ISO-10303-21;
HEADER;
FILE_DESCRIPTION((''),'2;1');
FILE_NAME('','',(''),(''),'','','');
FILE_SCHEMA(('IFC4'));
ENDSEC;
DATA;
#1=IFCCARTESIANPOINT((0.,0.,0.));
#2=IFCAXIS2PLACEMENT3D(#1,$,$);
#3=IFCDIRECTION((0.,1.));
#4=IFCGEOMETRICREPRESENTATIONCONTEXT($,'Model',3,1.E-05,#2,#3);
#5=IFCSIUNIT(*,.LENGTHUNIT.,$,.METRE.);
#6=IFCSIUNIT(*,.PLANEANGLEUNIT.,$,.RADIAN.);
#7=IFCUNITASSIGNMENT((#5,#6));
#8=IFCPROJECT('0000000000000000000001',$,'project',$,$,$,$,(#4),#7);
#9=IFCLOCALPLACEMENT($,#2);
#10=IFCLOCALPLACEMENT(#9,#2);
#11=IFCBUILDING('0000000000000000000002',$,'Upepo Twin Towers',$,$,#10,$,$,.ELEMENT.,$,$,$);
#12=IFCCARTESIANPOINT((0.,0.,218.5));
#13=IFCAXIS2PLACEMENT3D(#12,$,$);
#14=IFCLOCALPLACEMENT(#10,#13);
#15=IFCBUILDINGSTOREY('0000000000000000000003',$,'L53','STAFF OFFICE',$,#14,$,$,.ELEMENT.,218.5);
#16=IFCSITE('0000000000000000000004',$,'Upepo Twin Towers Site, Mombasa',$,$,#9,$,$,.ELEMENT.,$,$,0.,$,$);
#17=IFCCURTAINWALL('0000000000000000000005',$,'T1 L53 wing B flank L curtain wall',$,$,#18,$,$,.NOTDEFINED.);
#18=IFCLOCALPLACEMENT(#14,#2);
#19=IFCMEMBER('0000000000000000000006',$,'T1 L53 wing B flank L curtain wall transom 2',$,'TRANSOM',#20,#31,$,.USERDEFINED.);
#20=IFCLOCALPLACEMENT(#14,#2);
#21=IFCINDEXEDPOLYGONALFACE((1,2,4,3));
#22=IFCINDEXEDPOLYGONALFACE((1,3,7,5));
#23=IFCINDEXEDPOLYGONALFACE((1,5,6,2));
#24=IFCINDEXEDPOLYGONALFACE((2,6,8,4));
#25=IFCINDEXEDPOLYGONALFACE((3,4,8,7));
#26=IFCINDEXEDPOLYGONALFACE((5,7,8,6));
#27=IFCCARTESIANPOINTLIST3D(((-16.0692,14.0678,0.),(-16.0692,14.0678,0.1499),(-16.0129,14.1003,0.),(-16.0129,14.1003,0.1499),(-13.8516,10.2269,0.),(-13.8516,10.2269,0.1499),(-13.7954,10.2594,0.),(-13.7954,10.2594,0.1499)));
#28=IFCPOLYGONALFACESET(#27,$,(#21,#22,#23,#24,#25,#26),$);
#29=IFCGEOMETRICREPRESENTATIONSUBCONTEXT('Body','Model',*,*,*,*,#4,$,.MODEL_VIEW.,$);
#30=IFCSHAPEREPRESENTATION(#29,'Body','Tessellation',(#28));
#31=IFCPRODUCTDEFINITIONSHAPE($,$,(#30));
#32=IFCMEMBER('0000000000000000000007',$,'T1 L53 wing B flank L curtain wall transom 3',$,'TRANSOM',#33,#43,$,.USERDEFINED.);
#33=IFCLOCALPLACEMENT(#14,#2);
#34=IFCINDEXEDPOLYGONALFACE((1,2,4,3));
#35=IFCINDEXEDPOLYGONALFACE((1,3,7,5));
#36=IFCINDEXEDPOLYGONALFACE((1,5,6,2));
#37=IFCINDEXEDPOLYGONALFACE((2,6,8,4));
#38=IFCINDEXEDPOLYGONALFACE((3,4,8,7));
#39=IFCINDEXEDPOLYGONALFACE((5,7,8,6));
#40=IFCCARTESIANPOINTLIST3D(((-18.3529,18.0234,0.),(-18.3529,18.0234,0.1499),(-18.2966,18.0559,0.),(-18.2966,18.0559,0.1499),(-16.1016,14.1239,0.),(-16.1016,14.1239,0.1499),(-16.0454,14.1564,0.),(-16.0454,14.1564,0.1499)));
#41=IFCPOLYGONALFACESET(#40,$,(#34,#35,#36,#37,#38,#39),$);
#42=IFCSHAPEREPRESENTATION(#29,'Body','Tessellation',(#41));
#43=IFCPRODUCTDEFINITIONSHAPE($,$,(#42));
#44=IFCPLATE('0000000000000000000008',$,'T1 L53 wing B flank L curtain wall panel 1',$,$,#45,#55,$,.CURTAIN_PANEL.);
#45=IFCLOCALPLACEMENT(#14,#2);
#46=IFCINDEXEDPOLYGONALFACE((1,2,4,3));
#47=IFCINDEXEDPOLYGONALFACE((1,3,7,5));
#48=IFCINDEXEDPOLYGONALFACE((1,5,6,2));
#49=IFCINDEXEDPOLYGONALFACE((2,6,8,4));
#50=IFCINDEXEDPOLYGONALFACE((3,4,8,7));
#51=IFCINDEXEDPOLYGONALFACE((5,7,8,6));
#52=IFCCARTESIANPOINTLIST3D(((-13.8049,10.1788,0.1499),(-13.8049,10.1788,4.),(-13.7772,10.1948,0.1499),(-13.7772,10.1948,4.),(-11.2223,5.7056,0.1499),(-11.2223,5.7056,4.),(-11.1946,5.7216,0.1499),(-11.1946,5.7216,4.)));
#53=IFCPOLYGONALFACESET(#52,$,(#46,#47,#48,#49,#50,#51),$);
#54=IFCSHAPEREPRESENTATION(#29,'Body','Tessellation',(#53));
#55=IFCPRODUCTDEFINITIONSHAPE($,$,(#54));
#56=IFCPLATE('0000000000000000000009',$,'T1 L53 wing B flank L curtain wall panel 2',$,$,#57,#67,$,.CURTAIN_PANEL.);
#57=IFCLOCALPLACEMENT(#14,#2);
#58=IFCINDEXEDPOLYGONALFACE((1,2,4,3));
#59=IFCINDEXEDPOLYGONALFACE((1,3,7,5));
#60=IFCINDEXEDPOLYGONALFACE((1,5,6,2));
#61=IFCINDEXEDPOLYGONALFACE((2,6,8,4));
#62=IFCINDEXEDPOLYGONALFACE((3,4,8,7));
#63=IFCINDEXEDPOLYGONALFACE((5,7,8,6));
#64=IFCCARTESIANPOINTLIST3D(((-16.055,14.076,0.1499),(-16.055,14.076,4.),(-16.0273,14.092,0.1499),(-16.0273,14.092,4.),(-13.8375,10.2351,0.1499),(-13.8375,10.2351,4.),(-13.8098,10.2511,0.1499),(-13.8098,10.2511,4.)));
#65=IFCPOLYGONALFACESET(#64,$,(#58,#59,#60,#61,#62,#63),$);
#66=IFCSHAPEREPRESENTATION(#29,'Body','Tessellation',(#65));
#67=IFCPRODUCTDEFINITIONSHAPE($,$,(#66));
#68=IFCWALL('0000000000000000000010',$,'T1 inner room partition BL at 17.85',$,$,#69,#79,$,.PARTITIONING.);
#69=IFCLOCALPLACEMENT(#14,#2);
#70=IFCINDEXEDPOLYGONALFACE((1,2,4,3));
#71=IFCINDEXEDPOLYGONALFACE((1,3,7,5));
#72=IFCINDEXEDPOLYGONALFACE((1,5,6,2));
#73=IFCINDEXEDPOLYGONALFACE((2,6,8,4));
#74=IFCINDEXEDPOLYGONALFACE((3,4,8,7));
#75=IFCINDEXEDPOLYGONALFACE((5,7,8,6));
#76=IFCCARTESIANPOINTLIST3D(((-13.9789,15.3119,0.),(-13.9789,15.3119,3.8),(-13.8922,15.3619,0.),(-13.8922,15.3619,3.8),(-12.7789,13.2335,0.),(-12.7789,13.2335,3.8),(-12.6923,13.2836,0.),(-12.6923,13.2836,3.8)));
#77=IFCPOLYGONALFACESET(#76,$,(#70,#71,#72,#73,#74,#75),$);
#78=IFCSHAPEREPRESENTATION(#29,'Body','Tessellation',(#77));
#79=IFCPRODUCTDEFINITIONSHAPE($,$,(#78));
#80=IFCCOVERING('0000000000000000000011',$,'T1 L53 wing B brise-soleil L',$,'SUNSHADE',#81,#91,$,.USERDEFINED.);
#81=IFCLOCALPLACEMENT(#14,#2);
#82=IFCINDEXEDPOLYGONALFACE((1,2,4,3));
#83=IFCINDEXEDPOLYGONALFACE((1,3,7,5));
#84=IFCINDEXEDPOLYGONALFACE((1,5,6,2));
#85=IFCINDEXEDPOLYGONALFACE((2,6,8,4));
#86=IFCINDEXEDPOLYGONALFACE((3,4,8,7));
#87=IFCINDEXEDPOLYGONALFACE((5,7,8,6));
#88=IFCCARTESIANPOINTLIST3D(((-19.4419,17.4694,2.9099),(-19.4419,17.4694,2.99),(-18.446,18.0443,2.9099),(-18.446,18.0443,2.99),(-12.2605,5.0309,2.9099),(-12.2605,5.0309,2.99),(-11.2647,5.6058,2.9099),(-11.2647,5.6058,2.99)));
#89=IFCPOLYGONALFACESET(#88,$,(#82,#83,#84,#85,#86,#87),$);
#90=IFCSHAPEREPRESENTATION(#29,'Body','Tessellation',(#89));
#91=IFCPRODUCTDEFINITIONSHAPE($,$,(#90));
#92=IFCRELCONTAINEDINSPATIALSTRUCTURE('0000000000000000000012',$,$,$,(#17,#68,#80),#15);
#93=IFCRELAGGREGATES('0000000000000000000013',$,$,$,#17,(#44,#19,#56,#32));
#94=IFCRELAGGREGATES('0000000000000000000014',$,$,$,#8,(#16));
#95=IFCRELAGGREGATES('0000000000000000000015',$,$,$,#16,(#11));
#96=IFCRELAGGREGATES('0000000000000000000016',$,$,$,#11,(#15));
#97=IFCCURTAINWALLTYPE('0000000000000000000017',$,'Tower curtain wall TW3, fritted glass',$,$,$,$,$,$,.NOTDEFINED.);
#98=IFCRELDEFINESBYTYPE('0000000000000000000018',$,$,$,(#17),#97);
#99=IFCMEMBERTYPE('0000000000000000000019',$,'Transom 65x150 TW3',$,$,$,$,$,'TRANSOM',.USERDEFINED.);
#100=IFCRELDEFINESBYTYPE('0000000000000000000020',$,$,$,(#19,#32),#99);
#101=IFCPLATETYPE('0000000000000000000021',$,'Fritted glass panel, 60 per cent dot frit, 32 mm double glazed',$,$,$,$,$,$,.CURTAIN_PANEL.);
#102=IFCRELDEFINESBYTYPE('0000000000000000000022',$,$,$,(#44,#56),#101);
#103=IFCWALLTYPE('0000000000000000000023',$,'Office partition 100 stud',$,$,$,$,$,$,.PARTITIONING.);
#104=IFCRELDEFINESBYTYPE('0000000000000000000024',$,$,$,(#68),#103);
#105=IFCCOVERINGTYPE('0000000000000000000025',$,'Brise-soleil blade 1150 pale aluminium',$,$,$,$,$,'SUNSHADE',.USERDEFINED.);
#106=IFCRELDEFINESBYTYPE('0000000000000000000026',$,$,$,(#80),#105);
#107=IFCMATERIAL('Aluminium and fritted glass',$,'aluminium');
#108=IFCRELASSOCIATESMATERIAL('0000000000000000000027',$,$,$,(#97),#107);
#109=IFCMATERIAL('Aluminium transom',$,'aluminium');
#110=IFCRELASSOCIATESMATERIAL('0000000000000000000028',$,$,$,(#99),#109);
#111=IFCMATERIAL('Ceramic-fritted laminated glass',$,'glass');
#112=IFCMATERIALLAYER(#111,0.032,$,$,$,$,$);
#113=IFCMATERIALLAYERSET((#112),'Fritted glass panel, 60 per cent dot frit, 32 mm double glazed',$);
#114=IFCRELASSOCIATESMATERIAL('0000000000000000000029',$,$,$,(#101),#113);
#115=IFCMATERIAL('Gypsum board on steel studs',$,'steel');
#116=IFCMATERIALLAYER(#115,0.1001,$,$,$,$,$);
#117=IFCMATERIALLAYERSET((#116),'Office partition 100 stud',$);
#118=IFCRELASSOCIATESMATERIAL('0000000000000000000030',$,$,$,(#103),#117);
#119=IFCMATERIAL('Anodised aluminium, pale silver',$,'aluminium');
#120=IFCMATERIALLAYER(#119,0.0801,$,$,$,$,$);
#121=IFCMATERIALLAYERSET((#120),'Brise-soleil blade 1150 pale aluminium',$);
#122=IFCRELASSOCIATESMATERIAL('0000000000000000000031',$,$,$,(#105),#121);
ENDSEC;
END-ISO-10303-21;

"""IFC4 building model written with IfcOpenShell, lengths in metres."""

from ifc_helpers import new_model, si_unit, direction, frame, frame_2d, origin, origin_2d, place, context, subcontext, project, spatial, rectangle, extrude, material, layer, layer_set, material_profile, profile_set, type_object, element, aggregate, save


model = new_model("IFC4")

# Units and contexts
model_context = context("Model", 3, precision=1e-05, world=origin(), true_north=direction((0.0, 1.0)))
body_context = subcontext(model_context, "Body", "Model", "MODEL_VIEW")
ifc_project = project(units=[si_unit("LENGTHUNIT", "METRE"), si_unit("PLANEANGLEUNIT", "RADIAN")], contexts=[model_context])

# Site, building, storey
site_placement = place(None, origin())
site = spatial("IfcSite", under=ifc_project, at=site_placement, Name="Upepo Twin Towers Site, Mombasa", CompositionType="ELEMENT", RefElevation=0.0)
building_placement = place(site_placement, origin())
building = spatial("IfcBuilding", under=site, at=building_placement, Name="Upepo Twin Towers", CompositionType="ELEMENT")
storey_placement = place(building_placement, frame((0.0, 0.0, 218.5)))
storey = spatial("IfcBuildingStorey", under=building, at=storey_placement, Name="L53", Description="STAFF OFFICE", CompositionType="ELEMENT", Elevation=218.5)

# Curtain wall, members, plates
ifc_material_1 = material(Name="Aluminium and fritted glass", Category="aluminium")
curtain_wall_type = type_object("IfcCurtainWallType", Name="Tower curtain wall TW3, fritted glass", PredefinedType="NOTDEFINED", material=ifc_material_1)
curtain_wall_placement = place(storey_placement, origin())
curtain_wall = element("IfcCurtainWall", 1, at=curtain_wall_placement, inside=storey, type_object=curtain_wall_type, Name="T1 L53 wing B flank L curtain wall", PredefinedType="NOTDEFINED")
ifc_material_2 = material(Name="Aluminium transom", Category="aluminium")
ifc_material_profile_1 = material_profile(ifc_material_2, rectangle(XDim=0.0649, YDim=0.1499, at=origin_2d()), Name="TRANSOM 65x150")
ifc_profile_set_1 = profile_set([ifc_material_profile_1], Name="Aluminium transom")
member_type_1 = type_object("IfcMemberType", Name="Transom 65x150 TW3", ElementType="TRANSOM", PredefinedType="USERDEFINED", material=ifc_profile_set_1)
member_1_placement = place(storey_placement, frame((-13.8235, 10.2432, 0.075), z_axis=(-0.500005, 0.866022, 0.0), x_axis=(-0.866022, -0.500005, 0.0)))
member_1 = element("IfcMember", 2, at=member_1_placement, type_object=member_type_1, Name="T1 L53 wing B flank L curtain wall transom 2", ObjectType="TRANSOM", PredefinedType="USERDEFINED", context=body_context, shape_type="SweptSolid", body=[
    extrude(rectangle(XDim=0.0649, YDim=0.1499, at=origin_2d()), origin(), (0.0, 0.0, 1.0), 4.4351),
])
member_2_placement = place(storey_placement, frame((-16.0735, 14.1401, 0.075), z_axis=(-0.499982, 0.866036, 0.0), x_axis=(-0.866036, -0.499982, 0.0)))
member_2 = element("IfcMember", 3, at=member_2_placement, type_object=member_type_1, Name="T1 L53 wing B flank L curtain wall transom 3", ObjectType="TRANSOM", PredefinedType="USERDEFINED", context=body_context, shape_type="SweptSolid", body=[
    extrude(rectangle(XDim=0.0649, YDim=0.1499, at=origin_2d()), origin(), (0.0, 0.0, 1.0), 4.5027),
])
ifc_material_3 = material(Name="Ceramic-fritted laminated glass", Category="glass")
ifc_layer_1 = layer(ifc_material_3, 0.032)
ifc_layer_set_1 = layer_set([ifc_layer_1], Name="Fritted glass panel, 60 per cent dot frit, 32 mm double glazed")
plate_type = type_object("IfcPlateType", Name="Fritted glass panel, 60 per cent dot frit, 32 mm double glazed", PredefinedType="CURTAIN_PANEL", material=ifc_layer_set_1)
plate_1_placement = place(storey_placement, frame((-12.4998, 7.9502, 0.1499), z_axis=(0.0, 0.0, 1.0), x_axis=(-0.5, 0.866025, 0.0)))
plate_1 = element("IfcPlate", 4, at=plate_1_placement, type_object=plate_type, Name="T1 L53 wing B flank L curtain wall panel 1", PredefinedType="CURTAIN_PANEL", context=body_context, shape_type="SweptSolid", body=[
    extrude(rectangle(XDim=5.1653, YDim=0.032, at=origin_2d()), origin(), (0.0, 0.0, 1.0), 3.8501),
])
plate_2_placement = place(storey_placement, frame((-14.9324, 12.1636, 0.1499), z_axis=(0.0, 0.0, 1.0), x_axis=(-0.5, 0.866025, 0.0)))
plate_2 = element("IfcPlate", 5, at=plate_2_placement, type_object=plate_type, Name="T1 L53 wing B flank L curtain wall panel 2", PredefinedType="CURTAIN_PANEL", context=body_context, shape_type="SweptSolid", body=[
    extrude(rectangle(XDim=4.4351, YDim=0.032, at=origin_2d()), origin(), (0.0, 0.0, 1.0), 3.8501),
])
aggregate(curtain_wall, [plate_1, member_1, plate_2, member_2])

# Wall
ifc_material_4 = material(Name="Gypsum board on steel studs", Category="steel")
ifc_layer_2 = layer(ifc_material_4, 0.1001)
ifc_layer_set_2 = layer_set([ifc_layer_2], Name="Office partition 100 stud")
wall_type = type_object("IfcWallType", Name="Office partition 100 stud", PredefinedType="PARTITIONING", material=ifc_layer_set_2)
wall_placement = place(storey_placement, frame((-12.7356, 13.2585, 0.0), z_axis=(0.0, 0.0, 1.0), x_axis=(-0.500001, 0.866025, 0.0)))
element("IfcWall", 6, at=wall_placement, inside=storey, type_object=wall_type, Name="T1 inner room partition BL at 17.85", PredefinedType="PARTITIONING", context=body_context, shape_type="SweptSolid", body=[
    extrude(rectangle(XDim=2.3999, YDim=0.1001, at=frame_2d((1.2, 0.0))), origin(), (0.0, 0.0, 1.0), 3.8),
])

# Covering
ifc_material_5 = material(Name="Anodised aluminium, pale silver", Category="aluminium")
ifc_layer_3 = layer(ifc_material_5, 0.0801)
ifc_layer_set_3 = layer_set([ifc_layer_3], Name="Brise-soleil blade 1150 pale aluminium")
covering_type = type_object("IfcCoveringType", Name="Brise-soleil blade 1150 pale aluminium", ElementType="SUNSHADE", PredefinedType="USERDEFINED", material=ifc_layer_set_3)
covering_placement = place(storey_placement, frame((-15.3533, 11.5376, 2.9099), z_axis=(0.0, 0.0, 1.0), x_axis=(-0.5, 0.866025, 0.0)))
element("IfcCovering", 7, at=covering_placement, inside=storey, type_object=covering_type, Name="T1 L53 wing B brise-soleil L", ObjectType="SUNSHADE", PredefinedType="USERDEFINED", context=body_context, shape_type="SweptSolid", body=[
    extrude(rectangle(XDim=14.3628, YDim=1.1499, at=origin_2d()), origin(), (0.0, 0.0, 1.0), 0.0801),
])

save(model, "model.ifc")
